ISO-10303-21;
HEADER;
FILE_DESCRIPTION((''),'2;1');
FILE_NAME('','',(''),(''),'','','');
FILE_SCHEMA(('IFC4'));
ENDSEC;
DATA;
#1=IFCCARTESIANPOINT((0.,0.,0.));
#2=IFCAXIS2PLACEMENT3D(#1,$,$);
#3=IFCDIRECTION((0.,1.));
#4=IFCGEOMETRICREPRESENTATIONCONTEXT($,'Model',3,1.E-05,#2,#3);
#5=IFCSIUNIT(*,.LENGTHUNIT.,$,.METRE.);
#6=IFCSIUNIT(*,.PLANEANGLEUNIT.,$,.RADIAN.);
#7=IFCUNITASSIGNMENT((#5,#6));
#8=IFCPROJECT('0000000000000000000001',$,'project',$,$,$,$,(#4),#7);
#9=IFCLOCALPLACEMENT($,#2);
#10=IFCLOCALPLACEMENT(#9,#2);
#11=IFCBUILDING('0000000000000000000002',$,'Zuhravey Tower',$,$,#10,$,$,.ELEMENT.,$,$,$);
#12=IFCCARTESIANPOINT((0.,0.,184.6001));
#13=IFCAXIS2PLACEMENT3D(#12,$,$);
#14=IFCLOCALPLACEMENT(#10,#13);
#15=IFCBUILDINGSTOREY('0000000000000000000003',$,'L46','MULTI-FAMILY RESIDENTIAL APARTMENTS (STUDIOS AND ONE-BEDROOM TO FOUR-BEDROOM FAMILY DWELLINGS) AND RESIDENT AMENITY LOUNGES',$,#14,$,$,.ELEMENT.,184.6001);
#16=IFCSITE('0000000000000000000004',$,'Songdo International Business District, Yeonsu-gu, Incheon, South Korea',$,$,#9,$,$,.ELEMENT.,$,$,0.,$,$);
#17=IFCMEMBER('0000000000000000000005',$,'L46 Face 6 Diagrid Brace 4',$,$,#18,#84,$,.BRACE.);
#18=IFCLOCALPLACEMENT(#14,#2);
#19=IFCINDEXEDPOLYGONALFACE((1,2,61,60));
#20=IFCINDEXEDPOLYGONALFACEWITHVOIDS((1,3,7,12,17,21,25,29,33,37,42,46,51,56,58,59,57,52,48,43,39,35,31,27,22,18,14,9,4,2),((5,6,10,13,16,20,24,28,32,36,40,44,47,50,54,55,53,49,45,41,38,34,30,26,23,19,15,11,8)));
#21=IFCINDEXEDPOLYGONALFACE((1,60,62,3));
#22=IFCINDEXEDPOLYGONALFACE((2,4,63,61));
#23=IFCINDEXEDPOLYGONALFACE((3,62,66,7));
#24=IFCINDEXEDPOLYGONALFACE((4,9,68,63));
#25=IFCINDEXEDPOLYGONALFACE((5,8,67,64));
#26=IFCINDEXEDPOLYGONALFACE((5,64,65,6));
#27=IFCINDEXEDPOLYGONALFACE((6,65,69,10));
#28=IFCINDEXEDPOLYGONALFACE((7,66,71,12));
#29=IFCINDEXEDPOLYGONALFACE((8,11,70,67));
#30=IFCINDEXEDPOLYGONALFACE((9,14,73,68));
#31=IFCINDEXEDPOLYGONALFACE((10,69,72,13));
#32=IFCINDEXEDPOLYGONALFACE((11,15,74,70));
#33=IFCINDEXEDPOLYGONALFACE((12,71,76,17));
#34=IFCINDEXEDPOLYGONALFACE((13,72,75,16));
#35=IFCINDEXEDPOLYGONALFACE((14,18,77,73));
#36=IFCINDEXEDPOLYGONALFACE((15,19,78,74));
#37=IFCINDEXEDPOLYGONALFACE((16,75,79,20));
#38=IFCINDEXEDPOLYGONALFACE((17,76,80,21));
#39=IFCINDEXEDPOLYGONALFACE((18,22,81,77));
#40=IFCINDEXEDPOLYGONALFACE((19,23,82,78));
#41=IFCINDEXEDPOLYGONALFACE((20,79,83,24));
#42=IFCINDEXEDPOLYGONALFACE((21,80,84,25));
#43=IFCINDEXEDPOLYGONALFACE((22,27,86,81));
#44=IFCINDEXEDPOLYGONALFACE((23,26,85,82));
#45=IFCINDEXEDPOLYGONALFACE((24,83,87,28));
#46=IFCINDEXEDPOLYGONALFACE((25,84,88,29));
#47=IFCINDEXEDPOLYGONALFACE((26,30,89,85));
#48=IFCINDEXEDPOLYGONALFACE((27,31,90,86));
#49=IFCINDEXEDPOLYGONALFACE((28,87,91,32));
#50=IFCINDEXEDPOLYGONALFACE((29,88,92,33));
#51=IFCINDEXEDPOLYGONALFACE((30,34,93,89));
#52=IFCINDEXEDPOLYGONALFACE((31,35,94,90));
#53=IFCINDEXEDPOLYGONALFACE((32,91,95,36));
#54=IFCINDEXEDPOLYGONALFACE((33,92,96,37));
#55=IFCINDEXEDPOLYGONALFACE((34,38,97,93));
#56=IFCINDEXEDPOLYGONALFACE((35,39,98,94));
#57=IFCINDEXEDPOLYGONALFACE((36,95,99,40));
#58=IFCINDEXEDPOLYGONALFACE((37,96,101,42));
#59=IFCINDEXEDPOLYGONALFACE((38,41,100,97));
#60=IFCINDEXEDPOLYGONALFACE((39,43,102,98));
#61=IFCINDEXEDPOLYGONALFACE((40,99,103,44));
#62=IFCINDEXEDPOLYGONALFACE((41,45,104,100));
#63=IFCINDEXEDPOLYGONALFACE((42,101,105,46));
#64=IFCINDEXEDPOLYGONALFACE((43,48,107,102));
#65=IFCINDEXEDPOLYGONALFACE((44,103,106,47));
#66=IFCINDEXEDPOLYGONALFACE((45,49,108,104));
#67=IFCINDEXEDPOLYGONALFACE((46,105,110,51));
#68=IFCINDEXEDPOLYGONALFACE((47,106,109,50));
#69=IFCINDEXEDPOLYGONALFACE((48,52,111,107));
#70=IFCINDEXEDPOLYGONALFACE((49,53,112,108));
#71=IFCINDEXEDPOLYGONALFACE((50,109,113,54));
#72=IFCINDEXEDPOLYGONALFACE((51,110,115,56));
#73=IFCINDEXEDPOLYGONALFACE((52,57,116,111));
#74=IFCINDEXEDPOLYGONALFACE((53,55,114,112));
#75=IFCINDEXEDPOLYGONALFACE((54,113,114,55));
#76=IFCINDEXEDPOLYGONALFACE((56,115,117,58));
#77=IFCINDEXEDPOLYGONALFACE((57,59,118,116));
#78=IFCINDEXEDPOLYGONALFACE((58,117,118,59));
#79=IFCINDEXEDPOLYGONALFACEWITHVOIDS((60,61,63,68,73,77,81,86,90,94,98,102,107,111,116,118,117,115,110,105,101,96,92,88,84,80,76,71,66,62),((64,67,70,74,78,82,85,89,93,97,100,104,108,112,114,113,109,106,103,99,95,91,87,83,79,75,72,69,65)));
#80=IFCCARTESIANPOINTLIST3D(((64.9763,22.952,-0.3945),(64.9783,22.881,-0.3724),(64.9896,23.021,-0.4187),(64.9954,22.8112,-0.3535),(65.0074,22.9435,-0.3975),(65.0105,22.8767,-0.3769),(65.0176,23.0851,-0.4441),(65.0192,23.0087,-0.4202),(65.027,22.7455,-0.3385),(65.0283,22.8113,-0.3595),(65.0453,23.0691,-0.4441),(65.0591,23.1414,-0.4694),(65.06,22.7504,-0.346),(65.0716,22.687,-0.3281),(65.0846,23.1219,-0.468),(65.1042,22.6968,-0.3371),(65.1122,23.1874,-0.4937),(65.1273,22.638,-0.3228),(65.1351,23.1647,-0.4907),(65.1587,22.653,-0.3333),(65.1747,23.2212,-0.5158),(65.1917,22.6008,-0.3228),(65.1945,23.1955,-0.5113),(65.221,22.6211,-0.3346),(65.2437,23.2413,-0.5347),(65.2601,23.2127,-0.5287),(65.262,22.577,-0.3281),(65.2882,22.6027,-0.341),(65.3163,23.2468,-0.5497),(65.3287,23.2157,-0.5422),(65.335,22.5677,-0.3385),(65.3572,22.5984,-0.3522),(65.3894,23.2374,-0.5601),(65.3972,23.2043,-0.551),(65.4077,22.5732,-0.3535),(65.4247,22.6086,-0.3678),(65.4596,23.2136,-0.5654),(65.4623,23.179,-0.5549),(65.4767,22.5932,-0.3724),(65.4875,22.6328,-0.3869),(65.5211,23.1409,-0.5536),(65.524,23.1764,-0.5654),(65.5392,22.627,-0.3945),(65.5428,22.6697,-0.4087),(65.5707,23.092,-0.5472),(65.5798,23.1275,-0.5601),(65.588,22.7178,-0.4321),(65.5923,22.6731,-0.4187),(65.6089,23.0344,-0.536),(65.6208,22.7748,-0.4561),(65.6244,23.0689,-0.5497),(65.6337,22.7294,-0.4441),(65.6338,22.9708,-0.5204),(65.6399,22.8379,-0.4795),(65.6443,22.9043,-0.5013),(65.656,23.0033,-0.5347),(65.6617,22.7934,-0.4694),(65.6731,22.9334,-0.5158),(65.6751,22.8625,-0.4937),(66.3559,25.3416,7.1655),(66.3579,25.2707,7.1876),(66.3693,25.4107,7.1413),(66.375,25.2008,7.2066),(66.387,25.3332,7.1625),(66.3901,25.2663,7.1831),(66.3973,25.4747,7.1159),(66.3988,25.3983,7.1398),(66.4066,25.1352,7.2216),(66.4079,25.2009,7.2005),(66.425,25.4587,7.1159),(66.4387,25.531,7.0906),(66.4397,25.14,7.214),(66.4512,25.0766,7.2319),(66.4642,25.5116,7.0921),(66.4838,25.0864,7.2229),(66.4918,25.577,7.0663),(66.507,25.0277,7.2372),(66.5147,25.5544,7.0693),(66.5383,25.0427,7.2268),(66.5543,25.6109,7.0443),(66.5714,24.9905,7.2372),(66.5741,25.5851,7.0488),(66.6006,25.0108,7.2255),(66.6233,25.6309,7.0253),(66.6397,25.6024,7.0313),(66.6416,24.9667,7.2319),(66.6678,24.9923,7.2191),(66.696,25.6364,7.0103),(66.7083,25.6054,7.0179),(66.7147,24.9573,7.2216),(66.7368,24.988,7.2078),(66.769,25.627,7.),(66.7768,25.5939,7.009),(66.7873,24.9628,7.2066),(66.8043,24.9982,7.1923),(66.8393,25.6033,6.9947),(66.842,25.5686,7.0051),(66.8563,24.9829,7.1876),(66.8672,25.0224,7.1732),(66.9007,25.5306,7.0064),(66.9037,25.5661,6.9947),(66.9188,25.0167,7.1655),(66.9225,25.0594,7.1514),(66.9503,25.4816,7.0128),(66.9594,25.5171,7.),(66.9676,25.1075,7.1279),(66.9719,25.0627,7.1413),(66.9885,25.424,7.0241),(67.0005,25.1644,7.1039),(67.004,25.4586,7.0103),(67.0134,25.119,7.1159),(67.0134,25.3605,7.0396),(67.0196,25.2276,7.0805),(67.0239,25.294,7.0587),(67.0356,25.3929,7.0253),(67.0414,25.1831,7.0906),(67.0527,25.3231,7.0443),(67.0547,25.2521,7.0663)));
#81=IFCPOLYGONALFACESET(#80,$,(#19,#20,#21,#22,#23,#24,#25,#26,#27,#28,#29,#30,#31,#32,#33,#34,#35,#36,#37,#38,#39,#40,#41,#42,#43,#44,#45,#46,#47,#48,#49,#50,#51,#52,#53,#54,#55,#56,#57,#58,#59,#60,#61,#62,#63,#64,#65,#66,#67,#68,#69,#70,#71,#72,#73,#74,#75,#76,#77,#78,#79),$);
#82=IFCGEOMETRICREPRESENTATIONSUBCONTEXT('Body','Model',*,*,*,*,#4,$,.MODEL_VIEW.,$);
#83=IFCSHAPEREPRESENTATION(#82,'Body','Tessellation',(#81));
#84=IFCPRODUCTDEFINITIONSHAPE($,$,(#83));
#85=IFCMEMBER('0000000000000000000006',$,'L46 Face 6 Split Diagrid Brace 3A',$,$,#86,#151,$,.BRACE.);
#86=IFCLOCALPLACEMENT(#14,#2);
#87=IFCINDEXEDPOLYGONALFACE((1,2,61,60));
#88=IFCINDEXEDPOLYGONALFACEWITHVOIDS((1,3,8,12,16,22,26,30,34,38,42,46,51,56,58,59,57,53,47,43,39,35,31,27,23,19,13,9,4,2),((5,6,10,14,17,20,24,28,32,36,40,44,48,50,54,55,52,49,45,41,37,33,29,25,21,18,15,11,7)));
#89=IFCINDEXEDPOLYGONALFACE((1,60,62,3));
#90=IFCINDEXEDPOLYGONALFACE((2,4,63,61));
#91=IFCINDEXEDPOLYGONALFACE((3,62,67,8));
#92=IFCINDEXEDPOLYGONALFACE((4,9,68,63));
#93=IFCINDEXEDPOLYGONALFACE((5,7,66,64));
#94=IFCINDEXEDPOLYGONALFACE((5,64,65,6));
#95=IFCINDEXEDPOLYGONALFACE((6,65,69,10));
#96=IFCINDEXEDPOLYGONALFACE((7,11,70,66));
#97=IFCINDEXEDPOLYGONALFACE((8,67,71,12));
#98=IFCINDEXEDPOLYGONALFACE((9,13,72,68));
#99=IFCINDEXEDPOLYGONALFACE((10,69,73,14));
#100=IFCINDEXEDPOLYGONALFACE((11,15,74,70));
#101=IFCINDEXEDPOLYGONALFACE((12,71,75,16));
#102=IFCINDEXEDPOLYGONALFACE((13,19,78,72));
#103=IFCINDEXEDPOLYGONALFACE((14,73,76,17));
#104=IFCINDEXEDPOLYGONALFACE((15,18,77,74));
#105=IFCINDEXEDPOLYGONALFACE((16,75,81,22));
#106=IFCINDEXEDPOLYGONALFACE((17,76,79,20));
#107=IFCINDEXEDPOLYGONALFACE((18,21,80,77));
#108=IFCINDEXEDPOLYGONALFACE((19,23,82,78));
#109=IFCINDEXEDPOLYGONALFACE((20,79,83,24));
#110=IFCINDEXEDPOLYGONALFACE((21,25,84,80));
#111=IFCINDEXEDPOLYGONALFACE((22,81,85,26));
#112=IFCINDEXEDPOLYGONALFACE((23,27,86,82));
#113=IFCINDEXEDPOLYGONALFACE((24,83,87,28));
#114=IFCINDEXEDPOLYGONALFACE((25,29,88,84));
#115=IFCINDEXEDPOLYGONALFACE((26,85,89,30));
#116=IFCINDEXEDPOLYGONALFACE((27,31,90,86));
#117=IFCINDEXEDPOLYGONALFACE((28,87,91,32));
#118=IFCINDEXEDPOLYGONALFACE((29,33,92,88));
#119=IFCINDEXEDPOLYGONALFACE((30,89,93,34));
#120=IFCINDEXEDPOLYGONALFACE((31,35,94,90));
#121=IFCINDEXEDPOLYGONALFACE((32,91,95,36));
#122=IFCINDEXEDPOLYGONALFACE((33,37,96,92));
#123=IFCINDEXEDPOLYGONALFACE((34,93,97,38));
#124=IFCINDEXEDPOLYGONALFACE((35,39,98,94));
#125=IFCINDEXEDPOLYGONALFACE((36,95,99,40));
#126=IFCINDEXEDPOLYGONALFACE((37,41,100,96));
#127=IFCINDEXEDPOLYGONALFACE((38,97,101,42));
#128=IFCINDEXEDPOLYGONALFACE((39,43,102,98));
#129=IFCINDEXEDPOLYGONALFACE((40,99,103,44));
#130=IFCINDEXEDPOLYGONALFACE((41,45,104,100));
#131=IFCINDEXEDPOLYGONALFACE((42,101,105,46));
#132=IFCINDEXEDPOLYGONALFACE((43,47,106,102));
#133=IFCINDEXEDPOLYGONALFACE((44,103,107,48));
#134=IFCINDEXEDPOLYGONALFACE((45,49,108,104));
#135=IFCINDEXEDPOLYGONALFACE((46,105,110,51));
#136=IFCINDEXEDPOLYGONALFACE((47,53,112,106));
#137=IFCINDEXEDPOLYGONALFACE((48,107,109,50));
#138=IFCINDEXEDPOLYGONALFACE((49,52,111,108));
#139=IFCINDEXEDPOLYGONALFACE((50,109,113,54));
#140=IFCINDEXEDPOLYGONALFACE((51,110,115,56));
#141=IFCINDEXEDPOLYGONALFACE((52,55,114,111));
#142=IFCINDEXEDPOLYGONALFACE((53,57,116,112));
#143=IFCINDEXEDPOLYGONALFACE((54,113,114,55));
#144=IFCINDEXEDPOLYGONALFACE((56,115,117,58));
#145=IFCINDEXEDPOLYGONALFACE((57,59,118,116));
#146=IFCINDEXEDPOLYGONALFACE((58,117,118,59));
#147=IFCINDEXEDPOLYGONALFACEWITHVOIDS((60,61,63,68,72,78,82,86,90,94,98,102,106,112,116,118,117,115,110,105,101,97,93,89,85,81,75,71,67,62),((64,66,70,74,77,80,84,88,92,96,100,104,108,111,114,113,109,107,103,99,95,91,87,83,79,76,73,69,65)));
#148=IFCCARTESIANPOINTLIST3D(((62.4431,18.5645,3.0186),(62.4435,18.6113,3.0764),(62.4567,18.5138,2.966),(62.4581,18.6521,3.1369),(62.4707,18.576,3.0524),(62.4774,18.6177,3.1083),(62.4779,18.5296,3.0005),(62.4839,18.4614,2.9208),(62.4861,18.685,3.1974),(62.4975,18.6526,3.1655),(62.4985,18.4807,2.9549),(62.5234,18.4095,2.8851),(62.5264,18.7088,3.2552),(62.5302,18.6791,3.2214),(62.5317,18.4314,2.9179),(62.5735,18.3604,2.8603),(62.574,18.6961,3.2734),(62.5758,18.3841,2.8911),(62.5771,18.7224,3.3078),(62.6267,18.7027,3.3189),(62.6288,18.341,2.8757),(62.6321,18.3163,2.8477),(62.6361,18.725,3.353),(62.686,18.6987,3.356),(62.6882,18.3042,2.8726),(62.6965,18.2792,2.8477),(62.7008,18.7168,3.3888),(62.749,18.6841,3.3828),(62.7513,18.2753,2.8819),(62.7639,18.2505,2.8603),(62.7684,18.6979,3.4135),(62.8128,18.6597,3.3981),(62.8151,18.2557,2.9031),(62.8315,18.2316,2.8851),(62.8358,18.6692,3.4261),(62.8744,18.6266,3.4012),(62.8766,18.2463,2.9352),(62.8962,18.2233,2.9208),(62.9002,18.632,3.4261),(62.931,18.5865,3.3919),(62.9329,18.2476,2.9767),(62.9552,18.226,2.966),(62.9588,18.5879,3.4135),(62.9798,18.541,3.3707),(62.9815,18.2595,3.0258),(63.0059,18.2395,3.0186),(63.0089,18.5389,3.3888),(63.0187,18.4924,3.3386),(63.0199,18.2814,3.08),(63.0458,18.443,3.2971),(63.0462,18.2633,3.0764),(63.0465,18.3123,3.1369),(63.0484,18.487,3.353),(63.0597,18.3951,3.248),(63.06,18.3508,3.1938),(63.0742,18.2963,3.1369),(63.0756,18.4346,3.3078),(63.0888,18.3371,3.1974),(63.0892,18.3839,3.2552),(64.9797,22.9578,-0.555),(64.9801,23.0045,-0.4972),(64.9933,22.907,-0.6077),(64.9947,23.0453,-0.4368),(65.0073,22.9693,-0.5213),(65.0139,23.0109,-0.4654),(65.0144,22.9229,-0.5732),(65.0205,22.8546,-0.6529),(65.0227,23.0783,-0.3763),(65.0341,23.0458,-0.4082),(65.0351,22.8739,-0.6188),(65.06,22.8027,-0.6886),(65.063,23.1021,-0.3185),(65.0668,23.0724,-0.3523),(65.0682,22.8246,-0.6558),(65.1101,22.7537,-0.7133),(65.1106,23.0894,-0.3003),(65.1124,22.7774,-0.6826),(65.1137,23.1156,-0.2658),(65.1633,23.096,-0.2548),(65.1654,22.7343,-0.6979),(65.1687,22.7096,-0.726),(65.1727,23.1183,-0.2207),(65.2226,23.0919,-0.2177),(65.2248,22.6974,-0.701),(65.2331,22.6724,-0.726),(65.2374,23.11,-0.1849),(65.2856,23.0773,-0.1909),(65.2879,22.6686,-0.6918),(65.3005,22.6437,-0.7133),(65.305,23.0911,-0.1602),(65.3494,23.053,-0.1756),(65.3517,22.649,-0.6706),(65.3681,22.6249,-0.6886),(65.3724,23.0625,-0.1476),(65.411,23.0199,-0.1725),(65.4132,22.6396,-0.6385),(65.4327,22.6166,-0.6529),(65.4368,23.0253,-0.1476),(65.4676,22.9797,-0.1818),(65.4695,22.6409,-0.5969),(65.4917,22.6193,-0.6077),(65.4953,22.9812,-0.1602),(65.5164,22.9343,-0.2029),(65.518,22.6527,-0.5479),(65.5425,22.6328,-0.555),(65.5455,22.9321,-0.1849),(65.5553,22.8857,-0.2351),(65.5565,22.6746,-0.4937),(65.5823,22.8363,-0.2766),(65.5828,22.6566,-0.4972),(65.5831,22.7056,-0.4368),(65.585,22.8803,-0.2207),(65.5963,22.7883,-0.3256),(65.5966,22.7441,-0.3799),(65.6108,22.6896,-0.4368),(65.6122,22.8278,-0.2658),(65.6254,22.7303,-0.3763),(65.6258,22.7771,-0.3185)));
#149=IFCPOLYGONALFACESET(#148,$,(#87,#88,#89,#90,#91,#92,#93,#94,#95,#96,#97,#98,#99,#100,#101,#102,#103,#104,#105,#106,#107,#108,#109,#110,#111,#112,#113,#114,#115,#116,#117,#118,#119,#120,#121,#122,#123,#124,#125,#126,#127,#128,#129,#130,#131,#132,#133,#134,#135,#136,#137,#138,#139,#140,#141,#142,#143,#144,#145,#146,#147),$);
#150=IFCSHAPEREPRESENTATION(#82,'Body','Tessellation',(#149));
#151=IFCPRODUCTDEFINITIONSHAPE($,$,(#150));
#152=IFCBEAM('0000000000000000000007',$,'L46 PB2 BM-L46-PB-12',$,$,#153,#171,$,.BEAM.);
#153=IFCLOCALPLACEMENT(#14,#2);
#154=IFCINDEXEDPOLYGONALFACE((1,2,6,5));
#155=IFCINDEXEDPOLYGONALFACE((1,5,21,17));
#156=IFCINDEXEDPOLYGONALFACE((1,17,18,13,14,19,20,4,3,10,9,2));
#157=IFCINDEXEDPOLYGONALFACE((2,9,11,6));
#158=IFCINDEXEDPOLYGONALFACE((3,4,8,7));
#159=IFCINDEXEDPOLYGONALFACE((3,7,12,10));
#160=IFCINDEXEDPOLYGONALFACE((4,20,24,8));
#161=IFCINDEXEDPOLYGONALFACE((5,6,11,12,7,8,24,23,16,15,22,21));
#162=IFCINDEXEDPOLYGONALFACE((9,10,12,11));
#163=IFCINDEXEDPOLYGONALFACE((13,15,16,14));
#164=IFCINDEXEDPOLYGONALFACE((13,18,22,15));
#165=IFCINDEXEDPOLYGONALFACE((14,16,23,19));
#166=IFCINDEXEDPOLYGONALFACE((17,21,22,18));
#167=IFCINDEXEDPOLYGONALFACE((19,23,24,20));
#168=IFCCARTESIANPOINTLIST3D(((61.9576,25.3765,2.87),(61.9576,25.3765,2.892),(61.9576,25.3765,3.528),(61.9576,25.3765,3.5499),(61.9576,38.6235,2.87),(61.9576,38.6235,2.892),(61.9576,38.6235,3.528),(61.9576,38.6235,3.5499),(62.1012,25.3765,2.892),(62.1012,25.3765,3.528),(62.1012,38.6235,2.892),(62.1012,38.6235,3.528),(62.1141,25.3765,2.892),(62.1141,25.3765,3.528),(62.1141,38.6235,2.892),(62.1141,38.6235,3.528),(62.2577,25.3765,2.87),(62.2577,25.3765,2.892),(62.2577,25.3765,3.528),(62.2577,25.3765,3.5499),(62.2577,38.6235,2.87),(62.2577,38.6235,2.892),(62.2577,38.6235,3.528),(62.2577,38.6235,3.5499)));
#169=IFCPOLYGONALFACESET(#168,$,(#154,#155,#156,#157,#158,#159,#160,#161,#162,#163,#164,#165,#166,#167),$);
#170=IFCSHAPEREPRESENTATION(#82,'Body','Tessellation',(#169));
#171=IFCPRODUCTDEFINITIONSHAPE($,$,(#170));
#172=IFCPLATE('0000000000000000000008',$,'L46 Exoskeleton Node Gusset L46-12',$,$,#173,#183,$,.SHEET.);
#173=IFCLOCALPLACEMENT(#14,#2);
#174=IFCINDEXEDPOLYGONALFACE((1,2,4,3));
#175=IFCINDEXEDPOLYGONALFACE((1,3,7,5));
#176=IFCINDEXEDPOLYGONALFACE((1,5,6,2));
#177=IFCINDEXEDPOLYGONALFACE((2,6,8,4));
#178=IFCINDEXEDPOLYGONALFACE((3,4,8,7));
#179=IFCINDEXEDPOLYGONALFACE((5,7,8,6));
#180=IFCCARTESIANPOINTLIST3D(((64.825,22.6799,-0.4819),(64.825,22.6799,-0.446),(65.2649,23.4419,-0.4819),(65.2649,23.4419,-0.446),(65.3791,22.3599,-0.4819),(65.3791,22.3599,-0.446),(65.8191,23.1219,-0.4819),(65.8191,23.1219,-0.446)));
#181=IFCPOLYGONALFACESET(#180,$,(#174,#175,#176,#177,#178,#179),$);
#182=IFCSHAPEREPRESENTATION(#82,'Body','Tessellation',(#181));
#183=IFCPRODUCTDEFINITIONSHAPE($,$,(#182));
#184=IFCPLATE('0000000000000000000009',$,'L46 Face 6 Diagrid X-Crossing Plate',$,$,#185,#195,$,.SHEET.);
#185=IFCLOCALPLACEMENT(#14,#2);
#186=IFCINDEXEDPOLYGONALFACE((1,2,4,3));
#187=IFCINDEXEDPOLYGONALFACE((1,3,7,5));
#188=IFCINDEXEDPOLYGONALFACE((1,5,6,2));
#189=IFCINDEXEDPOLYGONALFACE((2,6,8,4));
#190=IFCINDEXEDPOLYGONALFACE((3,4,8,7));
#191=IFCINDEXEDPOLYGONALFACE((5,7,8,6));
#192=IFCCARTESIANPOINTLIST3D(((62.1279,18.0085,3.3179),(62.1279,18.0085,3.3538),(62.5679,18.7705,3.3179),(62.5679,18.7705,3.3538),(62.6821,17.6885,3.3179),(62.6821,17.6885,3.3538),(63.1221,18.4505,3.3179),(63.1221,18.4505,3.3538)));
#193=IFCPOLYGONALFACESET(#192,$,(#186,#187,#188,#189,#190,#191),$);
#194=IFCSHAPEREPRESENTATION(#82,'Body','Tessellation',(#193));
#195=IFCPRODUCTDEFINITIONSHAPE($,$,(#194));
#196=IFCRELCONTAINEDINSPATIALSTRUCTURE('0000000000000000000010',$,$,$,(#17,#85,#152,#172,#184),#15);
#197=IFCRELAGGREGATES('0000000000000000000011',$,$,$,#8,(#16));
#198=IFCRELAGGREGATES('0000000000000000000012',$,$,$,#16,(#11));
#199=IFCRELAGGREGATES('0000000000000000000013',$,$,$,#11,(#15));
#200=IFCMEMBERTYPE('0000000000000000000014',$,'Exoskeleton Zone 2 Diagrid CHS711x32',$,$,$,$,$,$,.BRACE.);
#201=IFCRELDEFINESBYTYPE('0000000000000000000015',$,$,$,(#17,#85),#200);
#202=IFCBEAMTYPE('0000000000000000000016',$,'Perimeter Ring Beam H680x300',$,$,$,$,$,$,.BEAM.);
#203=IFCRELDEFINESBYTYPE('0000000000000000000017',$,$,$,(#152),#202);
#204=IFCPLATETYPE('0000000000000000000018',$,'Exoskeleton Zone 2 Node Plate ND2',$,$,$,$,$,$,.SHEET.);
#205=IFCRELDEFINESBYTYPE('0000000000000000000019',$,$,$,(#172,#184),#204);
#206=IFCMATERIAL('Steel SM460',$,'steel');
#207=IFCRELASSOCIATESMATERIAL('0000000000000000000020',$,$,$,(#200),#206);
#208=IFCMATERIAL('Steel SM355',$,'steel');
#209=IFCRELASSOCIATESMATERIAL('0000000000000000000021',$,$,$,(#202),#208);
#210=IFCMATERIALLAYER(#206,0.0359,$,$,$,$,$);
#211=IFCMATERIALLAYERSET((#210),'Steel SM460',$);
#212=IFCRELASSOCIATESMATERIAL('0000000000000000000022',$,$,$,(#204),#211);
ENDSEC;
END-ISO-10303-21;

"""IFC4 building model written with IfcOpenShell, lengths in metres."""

from ifc_helpers import new_model, si_unit, direction, frame, origin, origin_2d, place, context, subcontext, project, spatial, rectangle, hollow_circle, i_section, extrude, material, layer, layer_set, material_profile, profile_set, type_object, element, save


model = new_model("IFC4")

# Units and contexts
model_context = context("Model", 3, precision=1e-05, world=origin(), true_north=direction((0.0, 1.0)))
body_context = subcontext(model_context, "Body", "Model", "MODEL_VIEW")
ifc_project = project(units=[si_unit("LENGTHUNIT", "METRE"), si_unit("PLANEANGLEUNIT", "RADIAN")], contexts=[model_context])

# Site, building, storey
site_placement = place(None, origin())
site = spatial("IfcSite", under=ifc_project, at=site_placement, Name="Songdo International Business District, Yeonsu-gu, Incheon, South Korea", CompositionType="ELEMENT", RefElevation=0.0)
building_placement = place(site_placement, origin())
building = spatial("IfcBuilding", under=site, at=building_placement, Name="Zuhravey Tower", CompositionType="ELEMENT")
storey_placement = place(building_placement, frame((0.0, 0.0, 184.6001)))
storey = spatial("IfcBuildingStorey", under=building, at=storey_placement, Name="L46", Description="MULTI-FAMILY RESIDENTIAL APARTMENTS (STUDIOS AND ONE-BEDROOM TO FOUR-BEDROOM FAMILY DWELLINGS) AND RESIDENT AMENITY LOUNGES", CompositionType="ELEMENT", Elevation=184.6001)

# Members
ifc_material_1 = material(Name="Steel SM460", Category="steel")
ifc_material_profile_1 = material_profile(ifc_material_1, hollow_circle(Radius=0.3557, WallThickness=0.032, at=origin_2d()), Name="CHS-711.2x32")
ifc_profile_set_1 = profile_set([ifc_material_profile_1], Name="Steel SM460")
member_type_1 = type_object("IfcMemberType", Name="Exoskeleton Zone 2 Diagrid CHS711x32", PredefinedType="BRACE", material=ifc_profile_set_1)
member_1_placement = place(storey_placement, frame((65.3257, 22.9072, -0.4441), z_axis=(0.171429, 0.296929, 0.939386), x_axis=(-0.866029, 0.499993, 0.0)))
element("IfcMember", 1, at=member_1_placement, inside=storey, type_object=member_type_1, Name="L46 Face 6 Diagrid Brace 4", PredefinedType="BRACE", context=body_context, shape_type="SweptSolid", body=[
    extrude(hollow_circle(Radius=0.3557, WallThickness=0.032, at=origin_2d()), origin(), (0.0, 0.0, 1.0), 8.0479),
])
member_2_placement = place(storey_placement, frame((65.3027, 22.8674, -0.4368), z_axis=(-0.408775, -0.70798, 0.575905), x_axis=(0.866013, -0.500021, 0.0)))
element("IfcMember", 2, at=member_2_placement, inside=storey, type_object=member_type_1, Name="L46 Face 6 Split Diagrid Brace 3A", PredefinedType="BRACE", context=body_context, shape_type="SweptSolid", body=[
    extrude(hollow_circle(Radius=0.3557, WallThickness=0.032, at=origin_2d()), origin(), (0.0, 0.0, 1.0), 6.2053),
])

# Beam
ifc_material_2 = material(Name="Steel SM355", Category="steel")
ifc_material_profile_2 = material_profile(ifc_material_2, i_section(OverallWidth=0.3, OverallDepth=0.6799, WebThickness=0.0129, FlangeThickness=0.022, at=origin_2d()), Name="H-680x300x13x22")
ifc_profile_set_2 = profile_set([ifc_material_profile_2], Name="Steel SM355")
beam_type = type_object("IfcBeamType", Name="Perimeter Ring Beam H680x300", PredefinedType="BEAM", material=ifc_profile_set_2)
beam_placement = place(storey_placement, frame((62.1077, 25.3765, 3.21), z_axis=(0.0, 1.0, 0.0), x_axis=(-1.0, 0.0, 0.0)))
element("IfcBeam", 3, at=beam_placement, inside=storey, type_object=beam_type, Name="L46 PB2 BM-L46-PB-12", PredefinedType="BEAM", context=body_context, shape_type="SweptSolid", body=[
    extrude(i_section(OverallWidth=0.3, OverallDepth=0.6799, WebThickness=0.0129, FlangeThickness=0.022, at=origin_2d()), origin(), (0.0, 0.0, 1.0), 13.2471),
])

# Plates
ifc_layer_1 = layer(ifc_material_1, 0.0359)
ifc_layer_set_1 = layer_set([ifc_layer_1], Name="Steel SM460")
plate_type_1 = type_object("IfcPlateType", Name="Exoskeleton Zone 2 Node Plate ND2", PredefinedType="SHEET", material=ifc_layer_set_1)
for number, where, z_axis, x_axis, name in (
    (4, (65.322, 22.9009, -0.4819), (0.0, 0.0, 1.0), (0.5, 0.866025, 0.0), "L46 Exoskeleton Node Gusset L46-12"),
    (5, (62.625, 18.2295, 3.3179), (0.0, 0.0, 1.0), (0.5, 0.866025, 0.0), "L46 Face 6 Diagrid X-Crossing Plate"),
):
    element("IfcPlate", number, at=place(storey_placement, frame(where, z_axis=z_axis, x_axis=x_axis)), inside=storey, type_object=plate_type_1, Name=name, PredefinedType="SHEET", context=body_context, shape_type="SweptSolid", body=[
        extrude(rectangle(XDim=0.8799, YDim=0.6399, at=origin_2d()), origin(), (0.0, 0.0, 1.0), 0.0359),
    ])

save(model, "model.ifc")
